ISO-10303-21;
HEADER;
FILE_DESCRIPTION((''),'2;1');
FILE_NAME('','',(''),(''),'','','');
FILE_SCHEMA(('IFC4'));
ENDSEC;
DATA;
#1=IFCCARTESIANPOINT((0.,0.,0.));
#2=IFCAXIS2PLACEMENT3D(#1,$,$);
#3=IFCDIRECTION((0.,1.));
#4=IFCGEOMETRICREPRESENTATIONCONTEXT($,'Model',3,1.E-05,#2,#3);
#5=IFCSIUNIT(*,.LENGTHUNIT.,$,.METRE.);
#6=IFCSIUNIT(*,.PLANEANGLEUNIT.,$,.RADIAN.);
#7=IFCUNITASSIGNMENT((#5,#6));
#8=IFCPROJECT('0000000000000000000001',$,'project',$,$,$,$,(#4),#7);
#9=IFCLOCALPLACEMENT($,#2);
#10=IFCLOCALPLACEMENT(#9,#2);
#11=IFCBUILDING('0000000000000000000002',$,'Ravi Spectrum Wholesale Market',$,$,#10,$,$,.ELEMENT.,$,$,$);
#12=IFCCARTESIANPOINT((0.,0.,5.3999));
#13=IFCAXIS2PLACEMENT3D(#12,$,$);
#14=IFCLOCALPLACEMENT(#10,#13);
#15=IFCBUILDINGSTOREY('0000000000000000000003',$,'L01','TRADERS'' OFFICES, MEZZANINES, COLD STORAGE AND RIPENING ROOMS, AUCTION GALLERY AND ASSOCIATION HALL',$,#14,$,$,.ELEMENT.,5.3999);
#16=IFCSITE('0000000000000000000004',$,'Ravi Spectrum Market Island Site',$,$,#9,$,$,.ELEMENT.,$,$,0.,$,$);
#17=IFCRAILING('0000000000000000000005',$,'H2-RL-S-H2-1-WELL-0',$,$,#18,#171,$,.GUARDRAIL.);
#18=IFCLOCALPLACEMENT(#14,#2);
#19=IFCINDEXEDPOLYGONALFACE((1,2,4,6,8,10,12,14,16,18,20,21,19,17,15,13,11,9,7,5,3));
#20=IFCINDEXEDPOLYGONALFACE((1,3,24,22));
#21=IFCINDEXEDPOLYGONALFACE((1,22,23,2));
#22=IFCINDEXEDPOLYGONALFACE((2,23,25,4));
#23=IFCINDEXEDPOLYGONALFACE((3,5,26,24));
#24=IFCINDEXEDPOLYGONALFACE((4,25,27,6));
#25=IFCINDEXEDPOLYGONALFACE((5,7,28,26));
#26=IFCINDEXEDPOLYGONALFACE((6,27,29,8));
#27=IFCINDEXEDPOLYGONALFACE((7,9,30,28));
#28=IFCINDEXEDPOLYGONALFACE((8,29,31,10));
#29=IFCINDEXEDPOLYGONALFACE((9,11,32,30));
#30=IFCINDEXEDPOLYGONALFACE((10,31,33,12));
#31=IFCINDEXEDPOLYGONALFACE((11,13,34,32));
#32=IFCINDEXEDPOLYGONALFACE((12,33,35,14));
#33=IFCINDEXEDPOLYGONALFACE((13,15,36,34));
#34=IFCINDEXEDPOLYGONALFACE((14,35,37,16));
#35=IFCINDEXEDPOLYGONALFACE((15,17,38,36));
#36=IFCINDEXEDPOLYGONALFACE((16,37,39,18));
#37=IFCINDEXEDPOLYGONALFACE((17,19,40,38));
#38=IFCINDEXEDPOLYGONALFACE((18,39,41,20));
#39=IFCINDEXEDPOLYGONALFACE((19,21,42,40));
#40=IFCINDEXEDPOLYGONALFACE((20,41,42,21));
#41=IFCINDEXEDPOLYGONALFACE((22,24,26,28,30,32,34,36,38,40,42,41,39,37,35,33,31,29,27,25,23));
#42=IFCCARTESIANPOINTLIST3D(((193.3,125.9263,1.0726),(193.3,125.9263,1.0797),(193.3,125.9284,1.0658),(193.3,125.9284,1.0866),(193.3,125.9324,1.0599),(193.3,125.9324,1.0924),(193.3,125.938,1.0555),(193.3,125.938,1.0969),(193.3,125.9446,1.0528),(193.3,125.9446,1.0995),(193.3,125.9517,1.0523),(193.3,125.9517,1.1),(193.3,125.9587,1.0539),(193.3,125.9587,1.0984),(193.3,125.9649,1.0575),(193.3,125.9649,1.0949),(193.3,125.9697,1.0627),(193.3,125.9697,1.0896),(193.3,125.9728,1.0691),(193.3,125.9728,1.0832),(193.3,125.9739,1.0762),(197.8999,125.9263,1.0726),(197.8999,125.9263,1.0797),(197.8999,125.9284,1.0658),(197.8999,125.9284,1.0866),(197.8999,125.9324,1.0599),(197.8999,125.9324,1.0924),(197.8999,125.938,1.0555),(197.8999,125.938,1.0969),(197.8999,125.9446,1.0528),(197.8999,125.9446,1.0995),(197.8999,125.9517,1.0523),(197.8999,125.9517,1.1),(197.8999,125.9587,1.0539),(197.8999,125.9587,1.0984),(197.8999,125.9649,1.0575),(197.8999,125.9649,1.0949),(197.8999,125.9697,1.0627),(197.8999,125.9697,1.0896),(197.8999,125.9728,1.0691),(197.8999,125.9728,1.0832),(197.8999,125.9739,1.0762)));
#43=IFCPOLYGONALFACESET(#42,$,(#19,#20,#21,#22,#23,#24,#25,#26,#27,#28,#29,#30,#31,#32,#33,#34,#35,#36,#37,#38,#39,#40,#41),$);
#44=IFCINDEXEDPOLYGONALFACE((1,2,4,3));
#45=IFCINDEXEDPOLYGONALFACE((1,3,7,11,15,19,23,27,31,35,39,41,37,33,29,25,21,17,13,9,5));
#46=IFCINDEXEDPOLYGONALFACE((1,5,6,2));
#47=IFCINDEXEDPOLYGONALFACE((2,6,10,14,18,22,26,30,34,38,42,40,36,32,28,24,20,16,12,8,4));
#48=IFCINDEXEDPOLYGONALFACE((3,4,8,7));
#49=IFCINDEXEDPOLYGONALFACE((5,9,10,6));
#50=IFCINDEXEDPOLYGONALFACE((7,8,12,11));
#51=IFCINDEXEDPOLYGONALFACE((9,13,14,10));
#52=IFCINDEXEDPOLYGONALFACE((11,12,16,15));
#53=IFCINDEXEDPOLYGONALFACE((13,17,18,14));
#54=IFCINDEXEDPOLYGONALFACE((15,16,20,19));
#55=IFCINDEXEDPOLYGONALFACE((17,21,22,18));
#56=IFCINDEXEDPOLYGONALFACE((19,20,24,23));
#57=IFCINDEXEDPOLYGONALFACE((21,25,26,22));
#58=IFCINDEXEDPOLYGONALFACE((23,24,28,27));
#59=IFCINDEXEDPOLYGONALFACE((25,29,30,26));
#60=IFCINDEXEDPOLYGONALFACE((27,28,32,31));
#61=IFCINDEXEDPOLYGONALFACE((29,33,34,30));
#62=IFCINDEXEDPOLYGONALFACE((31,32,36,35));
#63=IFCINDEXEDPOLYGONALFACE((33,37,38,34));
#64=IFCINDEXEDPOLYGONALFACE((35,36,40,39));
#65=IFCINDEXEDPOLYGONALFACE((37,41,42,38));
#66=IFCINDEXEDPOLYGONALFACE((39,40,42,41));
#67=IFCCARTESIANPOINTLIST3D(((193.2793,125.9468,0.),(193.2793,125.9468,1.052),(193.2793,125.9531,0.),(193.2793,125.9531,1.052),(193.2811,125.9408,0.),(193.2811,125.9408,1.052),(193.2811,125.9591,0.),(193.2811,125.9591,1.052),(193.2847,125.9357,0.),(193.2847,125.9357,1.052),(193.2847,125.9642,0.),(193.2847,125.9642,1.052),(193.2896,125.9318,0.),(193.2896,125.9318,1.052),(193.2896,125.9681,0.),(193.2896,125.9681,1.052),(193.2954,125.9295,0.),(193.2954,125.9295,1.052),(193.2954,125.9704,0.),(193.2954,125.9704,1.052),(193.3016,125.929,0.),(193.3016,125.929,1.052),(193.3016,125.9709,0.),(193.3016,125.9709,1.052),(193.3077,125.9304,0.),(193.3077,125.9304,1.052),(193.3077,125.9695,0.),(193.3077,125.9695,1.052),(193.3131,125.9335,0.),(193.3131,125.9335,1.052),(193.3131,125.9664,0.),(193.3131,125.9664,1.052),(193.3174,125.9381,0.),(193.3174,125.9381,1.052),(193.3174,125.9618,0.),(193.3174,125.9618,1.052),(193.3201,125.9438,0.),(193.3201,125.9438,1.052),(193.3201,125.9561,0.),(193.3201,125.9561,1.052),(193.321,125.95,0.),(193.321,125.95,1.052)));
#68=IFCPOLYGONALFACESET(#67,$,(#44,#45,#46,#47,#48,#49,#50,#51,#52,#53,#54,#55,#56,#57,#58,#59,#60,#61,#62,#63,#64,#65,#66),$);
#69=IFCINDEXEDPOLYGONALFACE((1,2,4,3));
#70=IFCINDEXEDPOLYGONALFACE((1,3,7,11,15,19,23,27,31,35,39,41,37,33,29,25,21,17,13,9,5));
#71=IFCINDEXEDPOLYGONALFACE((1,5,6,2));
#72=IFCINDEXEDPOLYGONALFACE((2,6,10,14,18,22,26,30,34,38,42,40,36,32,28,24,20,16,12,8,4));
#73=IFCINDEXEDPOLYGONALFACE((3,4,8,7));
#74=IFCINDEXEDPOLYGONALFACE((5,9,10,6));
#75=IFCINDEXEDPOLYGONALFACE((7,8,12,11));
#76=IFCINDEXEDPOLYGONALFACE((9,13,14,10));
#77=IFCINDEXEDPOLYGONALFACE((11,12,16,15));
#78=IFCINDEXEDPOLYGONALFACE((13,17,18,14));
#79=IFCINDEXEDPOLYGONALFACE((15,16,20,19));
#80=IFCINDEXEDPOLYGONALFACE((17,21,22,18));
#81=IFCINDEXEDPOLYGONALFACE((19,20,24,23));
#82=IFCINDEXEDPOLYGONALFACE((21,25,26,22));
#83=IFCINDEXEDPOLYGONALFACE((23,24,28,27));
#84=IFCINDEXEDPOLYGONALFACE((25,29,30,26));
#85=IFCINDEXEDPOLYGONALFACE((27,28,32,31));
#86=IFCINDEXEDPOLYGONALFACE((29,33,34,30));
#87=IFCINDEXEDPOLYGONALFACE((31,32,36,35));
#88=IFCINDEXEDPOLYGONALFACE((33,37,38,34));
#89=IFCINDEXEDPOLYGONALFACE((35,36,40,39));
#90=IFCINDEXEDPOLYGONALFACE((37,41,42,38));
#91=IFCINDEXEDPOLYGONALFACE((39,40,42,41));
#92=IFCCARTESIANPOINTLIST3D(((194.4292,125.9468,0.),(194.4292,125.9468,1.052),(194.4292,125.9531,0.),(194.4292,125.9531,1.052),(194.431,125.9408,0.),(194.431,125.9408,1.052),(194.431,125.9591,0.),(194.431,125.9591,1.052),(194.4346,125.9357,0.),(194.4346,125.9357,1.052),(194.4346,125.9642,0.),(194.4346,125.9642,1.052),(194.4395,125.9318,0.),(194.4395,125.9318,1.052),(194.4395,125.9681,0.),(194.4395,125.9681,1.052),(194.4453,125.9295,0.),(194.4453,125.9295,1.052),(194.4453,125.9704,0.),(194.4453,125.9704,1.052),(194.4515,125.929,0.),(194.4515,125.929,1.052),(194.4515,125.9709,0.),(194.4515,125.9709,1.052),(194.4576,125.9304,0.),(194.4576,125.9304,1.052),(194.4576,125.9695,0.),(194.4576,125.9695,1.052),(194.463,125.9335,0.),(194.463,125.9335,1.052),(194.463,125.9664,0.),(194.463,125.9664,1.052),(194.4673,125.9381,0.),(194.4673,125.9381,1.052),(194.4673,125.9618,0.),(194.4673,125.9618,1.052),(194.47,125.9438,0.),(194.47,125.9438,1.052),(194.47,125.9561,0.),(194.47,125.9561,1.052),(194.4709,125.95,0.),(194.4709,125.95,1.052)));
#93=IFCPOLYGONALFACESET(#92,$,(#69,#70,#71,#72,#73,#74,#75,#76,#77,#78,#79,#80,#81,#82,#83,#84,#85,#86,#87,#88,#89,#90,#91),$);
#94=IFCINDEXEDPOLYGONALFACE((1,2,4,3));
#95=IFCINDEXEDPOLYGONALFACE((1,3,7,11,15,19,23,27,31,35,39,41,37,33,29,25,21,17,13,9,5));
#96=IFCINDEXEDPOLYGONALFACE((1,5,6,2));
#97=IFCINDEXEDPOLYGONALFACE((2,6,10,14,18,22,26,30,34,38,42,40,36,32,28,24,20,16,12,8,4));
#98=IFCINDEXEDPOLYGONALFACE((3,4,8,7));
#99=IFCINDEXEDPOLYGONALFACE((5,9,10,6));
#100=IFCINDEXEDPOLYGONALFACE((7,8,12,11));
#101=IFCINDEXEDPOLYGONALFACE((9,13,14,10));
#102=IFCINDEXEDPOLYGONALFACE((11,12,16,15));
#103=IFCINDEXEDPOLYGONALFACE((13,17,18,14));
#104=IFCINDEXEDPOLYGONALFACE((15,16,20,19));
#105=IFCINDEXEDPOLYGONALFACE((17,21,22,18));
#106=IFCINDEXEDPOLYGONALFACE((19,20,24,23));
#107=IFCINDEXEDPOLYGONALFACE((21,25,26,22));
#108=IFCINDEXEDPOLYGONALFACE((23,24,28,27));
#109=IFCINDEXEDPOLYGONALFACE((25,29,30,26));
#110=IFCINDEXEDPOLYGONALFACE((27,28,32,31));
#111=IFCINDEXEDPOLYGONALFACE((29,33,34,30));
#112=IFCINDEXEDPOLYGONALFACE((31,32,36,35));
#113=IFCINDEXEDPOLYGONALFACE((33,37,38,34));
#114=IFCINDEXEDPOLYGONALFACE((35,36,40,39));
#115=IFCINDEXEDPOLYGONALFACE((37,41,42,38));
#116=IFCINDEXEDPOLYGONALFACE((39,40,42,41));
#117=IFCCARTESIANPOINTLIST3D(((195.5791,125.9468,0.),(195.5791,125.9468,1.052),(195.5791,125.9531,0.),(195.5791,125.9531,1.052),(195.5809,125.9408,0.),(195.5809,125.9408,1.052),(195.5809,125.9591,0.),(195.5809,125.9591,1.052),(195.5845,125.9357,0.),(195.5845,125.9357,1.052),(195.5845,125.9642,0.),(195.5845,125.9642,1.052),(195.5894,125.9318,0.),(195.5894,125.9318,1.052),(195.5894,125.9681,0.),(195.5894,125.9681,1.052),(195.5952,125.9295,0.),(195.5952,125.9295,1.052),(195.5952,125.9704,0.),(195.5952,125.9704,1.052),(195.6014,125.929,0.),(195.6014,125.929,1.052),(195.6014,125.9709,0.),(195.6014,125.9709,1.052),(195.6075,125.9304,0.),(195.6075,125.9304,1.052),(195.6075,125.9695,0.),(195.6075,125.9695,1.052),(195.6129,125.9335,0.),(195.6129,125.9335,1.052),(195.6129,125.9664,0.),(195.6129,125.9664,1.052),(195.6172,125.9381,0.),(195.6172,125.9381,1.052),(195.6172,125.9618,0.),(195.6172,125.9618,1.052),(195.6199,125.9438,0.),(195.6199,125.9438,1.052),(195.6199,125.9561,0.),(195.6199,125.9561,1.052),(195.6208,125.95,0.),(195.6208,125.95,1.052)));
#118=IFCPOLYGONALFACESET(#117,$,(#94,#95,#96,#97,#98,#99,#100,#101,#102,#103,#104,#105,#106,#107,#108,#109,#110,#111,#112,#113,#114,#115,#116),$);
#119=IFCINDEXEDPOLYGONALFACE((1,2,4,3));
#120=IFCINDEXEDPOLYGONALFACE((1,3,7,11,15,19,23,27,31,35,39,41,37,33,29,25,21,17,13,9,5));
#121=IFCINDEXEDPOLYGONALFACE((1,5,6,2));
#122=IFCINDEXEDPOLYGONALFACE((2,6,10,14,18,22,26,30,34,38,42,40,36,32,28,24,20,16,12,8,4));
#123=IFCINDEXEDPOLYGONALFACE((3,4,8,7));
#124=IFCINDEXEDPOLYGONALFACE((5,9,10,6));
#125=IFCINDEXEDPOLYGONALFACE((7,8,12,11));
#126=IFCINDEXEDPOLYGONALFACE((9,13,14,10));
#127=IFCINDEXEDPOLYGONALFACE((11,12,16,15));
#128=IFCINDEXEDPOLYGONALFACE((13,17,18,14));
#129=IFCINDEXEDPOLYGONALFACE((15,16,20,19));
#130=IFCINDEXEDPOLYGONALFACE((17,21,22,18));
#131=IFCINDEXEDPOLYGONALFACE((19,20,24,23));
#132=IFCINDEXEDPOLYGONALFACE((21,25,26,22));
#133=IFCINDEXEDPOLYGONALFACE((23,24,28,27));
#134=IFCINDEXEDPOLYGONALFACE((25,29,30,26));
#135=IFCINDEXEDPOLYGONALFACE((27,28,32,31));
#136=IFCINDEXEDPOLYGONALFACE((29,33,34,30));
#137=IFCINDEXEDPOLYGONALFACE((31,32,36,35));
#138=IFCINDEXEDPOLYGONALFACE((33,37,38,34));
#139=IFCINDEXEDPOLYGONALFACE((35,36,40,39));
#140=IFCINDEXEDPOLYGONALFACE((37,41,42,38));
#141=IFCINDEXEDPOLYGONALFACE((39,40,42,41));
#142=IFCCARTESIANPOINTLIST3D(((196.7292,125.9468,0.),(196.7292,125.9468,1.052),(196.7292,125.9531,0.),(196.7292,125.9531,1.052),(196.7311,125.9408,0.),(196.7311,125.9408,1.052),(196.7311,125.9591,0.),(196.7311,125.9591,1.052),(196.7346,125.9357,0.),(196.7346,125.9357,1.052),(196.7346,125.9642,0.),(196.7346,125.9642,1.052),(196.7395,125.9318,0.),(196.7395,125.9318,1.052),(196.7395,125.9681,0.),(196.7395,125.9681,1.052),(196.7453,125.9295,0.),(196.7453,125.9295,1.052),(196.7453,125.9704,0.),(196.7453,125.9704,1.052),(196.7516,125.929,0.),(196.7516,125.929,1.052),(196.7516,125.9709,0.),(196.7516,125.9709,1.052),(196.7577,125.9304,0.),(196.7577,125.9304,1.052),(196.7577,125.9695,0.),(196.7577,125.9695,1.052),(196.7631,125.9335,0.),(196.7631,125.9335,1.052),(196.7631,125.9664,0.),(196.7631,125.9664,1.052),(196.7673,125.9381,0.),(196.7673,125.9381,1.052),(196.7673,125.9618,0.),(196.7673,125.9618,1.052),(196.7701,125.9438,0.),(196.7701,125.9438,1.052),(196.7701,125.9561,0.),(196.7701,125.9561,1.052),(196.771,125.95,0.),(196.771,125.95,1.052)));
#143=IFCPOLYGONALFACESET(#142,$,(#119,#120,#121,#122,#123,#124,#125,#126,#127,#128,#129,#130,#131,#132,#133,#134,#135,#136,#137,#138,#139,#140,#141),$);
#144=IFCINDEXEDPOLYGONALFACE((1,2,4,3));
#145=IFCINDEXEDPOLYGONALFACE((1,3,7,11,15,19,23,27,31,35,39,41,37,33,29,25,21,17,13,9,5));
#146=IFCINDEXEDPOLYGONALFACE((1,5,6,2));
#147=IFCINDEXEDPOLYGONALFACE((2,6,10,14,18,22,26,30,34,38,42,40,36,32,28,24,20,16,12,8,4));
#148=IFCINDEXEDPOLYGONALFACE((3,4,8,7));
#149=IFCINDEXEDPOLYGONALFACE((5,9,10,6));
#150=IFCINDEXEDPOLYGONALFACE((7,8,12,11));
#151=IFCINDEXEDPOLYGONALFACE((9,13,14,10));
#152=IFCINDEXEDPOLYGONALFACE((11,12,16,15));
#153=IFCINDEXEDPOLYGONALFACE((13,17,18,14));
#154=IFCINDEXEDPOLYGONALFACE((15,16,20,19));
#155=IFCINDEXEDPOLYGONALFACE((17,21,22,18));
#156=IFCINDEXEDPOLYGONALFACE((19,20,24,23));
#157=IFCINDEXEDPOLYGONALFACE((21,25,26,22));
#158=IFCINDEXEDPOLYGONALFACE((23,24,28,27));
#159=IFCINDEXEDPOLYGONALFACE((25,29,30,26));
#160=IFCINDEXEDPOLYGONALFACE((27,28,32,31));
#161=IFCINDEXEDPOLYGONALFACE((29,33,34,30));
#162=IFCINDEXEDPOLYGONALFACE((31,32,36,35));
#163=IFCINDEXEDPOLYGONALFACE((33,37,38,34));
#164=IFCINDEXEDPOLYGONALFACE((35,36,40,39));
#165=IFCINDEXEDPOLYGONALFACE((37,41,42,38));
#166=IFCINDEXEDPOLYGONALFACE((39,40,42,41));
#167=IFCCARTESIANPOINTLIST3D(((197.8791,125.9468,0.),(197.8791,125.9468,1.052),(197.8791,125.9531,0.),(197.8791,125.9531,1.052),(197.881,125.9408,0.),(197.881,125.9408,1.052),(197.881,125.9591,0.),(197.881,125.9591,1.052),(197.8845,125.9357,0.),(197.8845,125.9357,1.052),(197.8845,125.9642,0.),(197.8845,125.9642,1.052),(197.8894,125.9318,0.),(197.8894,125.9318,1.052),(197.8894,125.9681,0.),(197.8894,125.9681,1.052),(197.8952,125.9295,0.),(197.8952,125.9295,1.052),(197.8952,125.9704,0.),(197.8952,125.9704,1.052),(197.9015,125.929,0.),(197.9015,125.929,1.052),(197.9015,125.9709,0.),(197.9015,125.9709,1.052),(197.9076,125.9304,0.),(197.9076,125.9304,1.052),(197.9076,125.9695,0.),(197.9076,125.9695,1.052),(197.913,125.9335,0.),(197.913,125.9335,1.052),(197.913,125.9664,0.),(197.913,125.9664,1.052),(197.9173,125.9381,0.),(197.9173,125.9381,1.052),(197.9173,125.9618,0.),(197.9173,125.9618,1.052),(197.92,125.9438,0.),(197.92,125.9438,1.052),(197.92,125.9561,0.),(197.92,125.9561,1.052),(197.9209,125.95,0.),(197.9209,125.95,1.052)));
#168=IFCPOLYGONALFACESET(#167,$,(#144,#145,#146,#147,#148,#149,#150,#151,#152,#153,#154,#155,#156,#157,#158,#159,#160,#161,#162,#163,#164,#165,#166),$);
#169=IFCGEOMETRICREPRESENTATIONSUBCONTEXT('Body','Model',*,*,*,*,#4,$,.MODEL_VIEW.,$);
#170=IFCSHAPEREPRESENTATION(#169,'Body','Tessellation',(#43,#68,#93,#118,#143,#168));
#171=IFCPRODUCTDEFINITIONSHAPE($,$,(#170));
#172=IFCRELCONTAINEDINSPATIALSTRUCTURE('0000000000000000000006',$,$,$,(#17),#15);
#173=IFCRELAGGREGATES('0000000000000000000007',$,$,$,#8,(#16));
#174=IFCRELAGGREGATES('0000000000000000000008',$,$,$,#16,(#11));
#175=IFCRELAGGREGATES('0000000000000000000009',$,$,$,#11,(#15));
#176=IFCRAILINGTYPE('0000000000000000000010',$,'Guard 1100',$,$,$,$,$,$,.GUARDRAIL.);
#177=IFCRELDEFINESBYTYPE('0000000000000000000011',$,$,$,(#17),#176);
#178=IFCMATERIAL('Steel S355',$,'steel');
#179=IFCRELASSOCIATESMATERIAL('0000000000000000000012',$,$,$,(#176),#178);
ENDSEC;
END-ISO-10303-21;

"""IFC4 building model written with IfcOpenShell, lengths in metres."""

from ifc_helpers import new_model, si_unit, direction, frame, origin, origin_2d, place, context, subcontext, project, spatial, circle, extrude, material, type_object, element, save


model = new_model("IFC4")

# Units and contexts
model_context = context("Model", 3, precision=1e-05, world=origin(), true_north=direction((0.0, 1.0)))
body_context = subcontext(model_context, "Body", "Model", "MODEL_VIEW")
ifc_project = project(units=[si_unit("LENGTHUNIT", "METRE"), si_unit("PLANEANGLEUNIT", "RADIAN")], contexts=[model_context])

# Site, building, storey
site_placement = place(None, origin())
site = spatial("IfcSite", under=ifc_project, at=site_placement, Name="Ravi Spectrum Market Island Site", CompositionType="ELEMENT", RefElevation=0.0)
building_placement = place(site_placement, origin())
building = spatial("IfcBuilding", under=site, at=building_placement, Name="Ravi Spectrum Wholesale Market", CompositionType="ELEMENT")
storey_placement = place(building_placement, frame((0.0, 0.0, 5.3999)))
storey = spatial("IfcBuildingStorey", under=building, at=storey_placement, Name="L01", Description="TRADERS' OFFICES, MEZZANINES, COLD STORAGE AND RIPENING ROOMS, AUCTION GALLERY AND ASSOCIATION HALL", CompositionType="ELEMENT", Elevation=5.3999)

# Railing
ifc_material_1 = material(Name="Steel S355", Category="steel")
railing_type = type_object("IfcRailingType", Name="Guard 1100", PredefinedType="GUARDRAIL", material=ifc_material_1)
railing_placement = place(storey_placement, frame((193.3, 125.95, 0.0)))
element("IfcRailing", 1, at=railing_placement, inside=storey, type_object=railing_type, Name="H2-RL-S-H2-1-WELL-0", PredefinedType="GUARDRAIL", context=body_context, shape_type="SweptSolid", body=[
    extrude(circle(Radius=0.0239, at=origin_2d()), frame((0.0, 0.0, 1.0762), z_axis=(1.0, 0.0, 0.0), x_axis=(0.0, 1.0, 0.0)), (0.0, 0.0, 1.0), 4.5999),
    extrude(circle(Radius=0.021, at=origin_2d()), origin(), (0.0, 0.0, 1.0), 1.052),
    extrude(circle(Radius=0.021, at=origin_2d()), frame((1.1499, 0.0, 0.0)), (0.0, 0.0, 1.0), 1.052),
    extrude(circle(Radius=0.021, at=origin_2d()), frame((2.2998, 0.0, 0.0)), (0.0, 0.0, 1.0), 1.052),
    extrude(circle(Radius=0.021, at=origin_2d()), frame((3.45, 0.0, 0.0)), (0.0, 0.0, 1.0), 1.052),
    extrude(circle(Radius=0.021, at=origin_2d()), frame((4.5999, 0.0, 0.0)), (0.0, 0.0, 1.0), 1.052),
])

save(model, "model.ifc")
